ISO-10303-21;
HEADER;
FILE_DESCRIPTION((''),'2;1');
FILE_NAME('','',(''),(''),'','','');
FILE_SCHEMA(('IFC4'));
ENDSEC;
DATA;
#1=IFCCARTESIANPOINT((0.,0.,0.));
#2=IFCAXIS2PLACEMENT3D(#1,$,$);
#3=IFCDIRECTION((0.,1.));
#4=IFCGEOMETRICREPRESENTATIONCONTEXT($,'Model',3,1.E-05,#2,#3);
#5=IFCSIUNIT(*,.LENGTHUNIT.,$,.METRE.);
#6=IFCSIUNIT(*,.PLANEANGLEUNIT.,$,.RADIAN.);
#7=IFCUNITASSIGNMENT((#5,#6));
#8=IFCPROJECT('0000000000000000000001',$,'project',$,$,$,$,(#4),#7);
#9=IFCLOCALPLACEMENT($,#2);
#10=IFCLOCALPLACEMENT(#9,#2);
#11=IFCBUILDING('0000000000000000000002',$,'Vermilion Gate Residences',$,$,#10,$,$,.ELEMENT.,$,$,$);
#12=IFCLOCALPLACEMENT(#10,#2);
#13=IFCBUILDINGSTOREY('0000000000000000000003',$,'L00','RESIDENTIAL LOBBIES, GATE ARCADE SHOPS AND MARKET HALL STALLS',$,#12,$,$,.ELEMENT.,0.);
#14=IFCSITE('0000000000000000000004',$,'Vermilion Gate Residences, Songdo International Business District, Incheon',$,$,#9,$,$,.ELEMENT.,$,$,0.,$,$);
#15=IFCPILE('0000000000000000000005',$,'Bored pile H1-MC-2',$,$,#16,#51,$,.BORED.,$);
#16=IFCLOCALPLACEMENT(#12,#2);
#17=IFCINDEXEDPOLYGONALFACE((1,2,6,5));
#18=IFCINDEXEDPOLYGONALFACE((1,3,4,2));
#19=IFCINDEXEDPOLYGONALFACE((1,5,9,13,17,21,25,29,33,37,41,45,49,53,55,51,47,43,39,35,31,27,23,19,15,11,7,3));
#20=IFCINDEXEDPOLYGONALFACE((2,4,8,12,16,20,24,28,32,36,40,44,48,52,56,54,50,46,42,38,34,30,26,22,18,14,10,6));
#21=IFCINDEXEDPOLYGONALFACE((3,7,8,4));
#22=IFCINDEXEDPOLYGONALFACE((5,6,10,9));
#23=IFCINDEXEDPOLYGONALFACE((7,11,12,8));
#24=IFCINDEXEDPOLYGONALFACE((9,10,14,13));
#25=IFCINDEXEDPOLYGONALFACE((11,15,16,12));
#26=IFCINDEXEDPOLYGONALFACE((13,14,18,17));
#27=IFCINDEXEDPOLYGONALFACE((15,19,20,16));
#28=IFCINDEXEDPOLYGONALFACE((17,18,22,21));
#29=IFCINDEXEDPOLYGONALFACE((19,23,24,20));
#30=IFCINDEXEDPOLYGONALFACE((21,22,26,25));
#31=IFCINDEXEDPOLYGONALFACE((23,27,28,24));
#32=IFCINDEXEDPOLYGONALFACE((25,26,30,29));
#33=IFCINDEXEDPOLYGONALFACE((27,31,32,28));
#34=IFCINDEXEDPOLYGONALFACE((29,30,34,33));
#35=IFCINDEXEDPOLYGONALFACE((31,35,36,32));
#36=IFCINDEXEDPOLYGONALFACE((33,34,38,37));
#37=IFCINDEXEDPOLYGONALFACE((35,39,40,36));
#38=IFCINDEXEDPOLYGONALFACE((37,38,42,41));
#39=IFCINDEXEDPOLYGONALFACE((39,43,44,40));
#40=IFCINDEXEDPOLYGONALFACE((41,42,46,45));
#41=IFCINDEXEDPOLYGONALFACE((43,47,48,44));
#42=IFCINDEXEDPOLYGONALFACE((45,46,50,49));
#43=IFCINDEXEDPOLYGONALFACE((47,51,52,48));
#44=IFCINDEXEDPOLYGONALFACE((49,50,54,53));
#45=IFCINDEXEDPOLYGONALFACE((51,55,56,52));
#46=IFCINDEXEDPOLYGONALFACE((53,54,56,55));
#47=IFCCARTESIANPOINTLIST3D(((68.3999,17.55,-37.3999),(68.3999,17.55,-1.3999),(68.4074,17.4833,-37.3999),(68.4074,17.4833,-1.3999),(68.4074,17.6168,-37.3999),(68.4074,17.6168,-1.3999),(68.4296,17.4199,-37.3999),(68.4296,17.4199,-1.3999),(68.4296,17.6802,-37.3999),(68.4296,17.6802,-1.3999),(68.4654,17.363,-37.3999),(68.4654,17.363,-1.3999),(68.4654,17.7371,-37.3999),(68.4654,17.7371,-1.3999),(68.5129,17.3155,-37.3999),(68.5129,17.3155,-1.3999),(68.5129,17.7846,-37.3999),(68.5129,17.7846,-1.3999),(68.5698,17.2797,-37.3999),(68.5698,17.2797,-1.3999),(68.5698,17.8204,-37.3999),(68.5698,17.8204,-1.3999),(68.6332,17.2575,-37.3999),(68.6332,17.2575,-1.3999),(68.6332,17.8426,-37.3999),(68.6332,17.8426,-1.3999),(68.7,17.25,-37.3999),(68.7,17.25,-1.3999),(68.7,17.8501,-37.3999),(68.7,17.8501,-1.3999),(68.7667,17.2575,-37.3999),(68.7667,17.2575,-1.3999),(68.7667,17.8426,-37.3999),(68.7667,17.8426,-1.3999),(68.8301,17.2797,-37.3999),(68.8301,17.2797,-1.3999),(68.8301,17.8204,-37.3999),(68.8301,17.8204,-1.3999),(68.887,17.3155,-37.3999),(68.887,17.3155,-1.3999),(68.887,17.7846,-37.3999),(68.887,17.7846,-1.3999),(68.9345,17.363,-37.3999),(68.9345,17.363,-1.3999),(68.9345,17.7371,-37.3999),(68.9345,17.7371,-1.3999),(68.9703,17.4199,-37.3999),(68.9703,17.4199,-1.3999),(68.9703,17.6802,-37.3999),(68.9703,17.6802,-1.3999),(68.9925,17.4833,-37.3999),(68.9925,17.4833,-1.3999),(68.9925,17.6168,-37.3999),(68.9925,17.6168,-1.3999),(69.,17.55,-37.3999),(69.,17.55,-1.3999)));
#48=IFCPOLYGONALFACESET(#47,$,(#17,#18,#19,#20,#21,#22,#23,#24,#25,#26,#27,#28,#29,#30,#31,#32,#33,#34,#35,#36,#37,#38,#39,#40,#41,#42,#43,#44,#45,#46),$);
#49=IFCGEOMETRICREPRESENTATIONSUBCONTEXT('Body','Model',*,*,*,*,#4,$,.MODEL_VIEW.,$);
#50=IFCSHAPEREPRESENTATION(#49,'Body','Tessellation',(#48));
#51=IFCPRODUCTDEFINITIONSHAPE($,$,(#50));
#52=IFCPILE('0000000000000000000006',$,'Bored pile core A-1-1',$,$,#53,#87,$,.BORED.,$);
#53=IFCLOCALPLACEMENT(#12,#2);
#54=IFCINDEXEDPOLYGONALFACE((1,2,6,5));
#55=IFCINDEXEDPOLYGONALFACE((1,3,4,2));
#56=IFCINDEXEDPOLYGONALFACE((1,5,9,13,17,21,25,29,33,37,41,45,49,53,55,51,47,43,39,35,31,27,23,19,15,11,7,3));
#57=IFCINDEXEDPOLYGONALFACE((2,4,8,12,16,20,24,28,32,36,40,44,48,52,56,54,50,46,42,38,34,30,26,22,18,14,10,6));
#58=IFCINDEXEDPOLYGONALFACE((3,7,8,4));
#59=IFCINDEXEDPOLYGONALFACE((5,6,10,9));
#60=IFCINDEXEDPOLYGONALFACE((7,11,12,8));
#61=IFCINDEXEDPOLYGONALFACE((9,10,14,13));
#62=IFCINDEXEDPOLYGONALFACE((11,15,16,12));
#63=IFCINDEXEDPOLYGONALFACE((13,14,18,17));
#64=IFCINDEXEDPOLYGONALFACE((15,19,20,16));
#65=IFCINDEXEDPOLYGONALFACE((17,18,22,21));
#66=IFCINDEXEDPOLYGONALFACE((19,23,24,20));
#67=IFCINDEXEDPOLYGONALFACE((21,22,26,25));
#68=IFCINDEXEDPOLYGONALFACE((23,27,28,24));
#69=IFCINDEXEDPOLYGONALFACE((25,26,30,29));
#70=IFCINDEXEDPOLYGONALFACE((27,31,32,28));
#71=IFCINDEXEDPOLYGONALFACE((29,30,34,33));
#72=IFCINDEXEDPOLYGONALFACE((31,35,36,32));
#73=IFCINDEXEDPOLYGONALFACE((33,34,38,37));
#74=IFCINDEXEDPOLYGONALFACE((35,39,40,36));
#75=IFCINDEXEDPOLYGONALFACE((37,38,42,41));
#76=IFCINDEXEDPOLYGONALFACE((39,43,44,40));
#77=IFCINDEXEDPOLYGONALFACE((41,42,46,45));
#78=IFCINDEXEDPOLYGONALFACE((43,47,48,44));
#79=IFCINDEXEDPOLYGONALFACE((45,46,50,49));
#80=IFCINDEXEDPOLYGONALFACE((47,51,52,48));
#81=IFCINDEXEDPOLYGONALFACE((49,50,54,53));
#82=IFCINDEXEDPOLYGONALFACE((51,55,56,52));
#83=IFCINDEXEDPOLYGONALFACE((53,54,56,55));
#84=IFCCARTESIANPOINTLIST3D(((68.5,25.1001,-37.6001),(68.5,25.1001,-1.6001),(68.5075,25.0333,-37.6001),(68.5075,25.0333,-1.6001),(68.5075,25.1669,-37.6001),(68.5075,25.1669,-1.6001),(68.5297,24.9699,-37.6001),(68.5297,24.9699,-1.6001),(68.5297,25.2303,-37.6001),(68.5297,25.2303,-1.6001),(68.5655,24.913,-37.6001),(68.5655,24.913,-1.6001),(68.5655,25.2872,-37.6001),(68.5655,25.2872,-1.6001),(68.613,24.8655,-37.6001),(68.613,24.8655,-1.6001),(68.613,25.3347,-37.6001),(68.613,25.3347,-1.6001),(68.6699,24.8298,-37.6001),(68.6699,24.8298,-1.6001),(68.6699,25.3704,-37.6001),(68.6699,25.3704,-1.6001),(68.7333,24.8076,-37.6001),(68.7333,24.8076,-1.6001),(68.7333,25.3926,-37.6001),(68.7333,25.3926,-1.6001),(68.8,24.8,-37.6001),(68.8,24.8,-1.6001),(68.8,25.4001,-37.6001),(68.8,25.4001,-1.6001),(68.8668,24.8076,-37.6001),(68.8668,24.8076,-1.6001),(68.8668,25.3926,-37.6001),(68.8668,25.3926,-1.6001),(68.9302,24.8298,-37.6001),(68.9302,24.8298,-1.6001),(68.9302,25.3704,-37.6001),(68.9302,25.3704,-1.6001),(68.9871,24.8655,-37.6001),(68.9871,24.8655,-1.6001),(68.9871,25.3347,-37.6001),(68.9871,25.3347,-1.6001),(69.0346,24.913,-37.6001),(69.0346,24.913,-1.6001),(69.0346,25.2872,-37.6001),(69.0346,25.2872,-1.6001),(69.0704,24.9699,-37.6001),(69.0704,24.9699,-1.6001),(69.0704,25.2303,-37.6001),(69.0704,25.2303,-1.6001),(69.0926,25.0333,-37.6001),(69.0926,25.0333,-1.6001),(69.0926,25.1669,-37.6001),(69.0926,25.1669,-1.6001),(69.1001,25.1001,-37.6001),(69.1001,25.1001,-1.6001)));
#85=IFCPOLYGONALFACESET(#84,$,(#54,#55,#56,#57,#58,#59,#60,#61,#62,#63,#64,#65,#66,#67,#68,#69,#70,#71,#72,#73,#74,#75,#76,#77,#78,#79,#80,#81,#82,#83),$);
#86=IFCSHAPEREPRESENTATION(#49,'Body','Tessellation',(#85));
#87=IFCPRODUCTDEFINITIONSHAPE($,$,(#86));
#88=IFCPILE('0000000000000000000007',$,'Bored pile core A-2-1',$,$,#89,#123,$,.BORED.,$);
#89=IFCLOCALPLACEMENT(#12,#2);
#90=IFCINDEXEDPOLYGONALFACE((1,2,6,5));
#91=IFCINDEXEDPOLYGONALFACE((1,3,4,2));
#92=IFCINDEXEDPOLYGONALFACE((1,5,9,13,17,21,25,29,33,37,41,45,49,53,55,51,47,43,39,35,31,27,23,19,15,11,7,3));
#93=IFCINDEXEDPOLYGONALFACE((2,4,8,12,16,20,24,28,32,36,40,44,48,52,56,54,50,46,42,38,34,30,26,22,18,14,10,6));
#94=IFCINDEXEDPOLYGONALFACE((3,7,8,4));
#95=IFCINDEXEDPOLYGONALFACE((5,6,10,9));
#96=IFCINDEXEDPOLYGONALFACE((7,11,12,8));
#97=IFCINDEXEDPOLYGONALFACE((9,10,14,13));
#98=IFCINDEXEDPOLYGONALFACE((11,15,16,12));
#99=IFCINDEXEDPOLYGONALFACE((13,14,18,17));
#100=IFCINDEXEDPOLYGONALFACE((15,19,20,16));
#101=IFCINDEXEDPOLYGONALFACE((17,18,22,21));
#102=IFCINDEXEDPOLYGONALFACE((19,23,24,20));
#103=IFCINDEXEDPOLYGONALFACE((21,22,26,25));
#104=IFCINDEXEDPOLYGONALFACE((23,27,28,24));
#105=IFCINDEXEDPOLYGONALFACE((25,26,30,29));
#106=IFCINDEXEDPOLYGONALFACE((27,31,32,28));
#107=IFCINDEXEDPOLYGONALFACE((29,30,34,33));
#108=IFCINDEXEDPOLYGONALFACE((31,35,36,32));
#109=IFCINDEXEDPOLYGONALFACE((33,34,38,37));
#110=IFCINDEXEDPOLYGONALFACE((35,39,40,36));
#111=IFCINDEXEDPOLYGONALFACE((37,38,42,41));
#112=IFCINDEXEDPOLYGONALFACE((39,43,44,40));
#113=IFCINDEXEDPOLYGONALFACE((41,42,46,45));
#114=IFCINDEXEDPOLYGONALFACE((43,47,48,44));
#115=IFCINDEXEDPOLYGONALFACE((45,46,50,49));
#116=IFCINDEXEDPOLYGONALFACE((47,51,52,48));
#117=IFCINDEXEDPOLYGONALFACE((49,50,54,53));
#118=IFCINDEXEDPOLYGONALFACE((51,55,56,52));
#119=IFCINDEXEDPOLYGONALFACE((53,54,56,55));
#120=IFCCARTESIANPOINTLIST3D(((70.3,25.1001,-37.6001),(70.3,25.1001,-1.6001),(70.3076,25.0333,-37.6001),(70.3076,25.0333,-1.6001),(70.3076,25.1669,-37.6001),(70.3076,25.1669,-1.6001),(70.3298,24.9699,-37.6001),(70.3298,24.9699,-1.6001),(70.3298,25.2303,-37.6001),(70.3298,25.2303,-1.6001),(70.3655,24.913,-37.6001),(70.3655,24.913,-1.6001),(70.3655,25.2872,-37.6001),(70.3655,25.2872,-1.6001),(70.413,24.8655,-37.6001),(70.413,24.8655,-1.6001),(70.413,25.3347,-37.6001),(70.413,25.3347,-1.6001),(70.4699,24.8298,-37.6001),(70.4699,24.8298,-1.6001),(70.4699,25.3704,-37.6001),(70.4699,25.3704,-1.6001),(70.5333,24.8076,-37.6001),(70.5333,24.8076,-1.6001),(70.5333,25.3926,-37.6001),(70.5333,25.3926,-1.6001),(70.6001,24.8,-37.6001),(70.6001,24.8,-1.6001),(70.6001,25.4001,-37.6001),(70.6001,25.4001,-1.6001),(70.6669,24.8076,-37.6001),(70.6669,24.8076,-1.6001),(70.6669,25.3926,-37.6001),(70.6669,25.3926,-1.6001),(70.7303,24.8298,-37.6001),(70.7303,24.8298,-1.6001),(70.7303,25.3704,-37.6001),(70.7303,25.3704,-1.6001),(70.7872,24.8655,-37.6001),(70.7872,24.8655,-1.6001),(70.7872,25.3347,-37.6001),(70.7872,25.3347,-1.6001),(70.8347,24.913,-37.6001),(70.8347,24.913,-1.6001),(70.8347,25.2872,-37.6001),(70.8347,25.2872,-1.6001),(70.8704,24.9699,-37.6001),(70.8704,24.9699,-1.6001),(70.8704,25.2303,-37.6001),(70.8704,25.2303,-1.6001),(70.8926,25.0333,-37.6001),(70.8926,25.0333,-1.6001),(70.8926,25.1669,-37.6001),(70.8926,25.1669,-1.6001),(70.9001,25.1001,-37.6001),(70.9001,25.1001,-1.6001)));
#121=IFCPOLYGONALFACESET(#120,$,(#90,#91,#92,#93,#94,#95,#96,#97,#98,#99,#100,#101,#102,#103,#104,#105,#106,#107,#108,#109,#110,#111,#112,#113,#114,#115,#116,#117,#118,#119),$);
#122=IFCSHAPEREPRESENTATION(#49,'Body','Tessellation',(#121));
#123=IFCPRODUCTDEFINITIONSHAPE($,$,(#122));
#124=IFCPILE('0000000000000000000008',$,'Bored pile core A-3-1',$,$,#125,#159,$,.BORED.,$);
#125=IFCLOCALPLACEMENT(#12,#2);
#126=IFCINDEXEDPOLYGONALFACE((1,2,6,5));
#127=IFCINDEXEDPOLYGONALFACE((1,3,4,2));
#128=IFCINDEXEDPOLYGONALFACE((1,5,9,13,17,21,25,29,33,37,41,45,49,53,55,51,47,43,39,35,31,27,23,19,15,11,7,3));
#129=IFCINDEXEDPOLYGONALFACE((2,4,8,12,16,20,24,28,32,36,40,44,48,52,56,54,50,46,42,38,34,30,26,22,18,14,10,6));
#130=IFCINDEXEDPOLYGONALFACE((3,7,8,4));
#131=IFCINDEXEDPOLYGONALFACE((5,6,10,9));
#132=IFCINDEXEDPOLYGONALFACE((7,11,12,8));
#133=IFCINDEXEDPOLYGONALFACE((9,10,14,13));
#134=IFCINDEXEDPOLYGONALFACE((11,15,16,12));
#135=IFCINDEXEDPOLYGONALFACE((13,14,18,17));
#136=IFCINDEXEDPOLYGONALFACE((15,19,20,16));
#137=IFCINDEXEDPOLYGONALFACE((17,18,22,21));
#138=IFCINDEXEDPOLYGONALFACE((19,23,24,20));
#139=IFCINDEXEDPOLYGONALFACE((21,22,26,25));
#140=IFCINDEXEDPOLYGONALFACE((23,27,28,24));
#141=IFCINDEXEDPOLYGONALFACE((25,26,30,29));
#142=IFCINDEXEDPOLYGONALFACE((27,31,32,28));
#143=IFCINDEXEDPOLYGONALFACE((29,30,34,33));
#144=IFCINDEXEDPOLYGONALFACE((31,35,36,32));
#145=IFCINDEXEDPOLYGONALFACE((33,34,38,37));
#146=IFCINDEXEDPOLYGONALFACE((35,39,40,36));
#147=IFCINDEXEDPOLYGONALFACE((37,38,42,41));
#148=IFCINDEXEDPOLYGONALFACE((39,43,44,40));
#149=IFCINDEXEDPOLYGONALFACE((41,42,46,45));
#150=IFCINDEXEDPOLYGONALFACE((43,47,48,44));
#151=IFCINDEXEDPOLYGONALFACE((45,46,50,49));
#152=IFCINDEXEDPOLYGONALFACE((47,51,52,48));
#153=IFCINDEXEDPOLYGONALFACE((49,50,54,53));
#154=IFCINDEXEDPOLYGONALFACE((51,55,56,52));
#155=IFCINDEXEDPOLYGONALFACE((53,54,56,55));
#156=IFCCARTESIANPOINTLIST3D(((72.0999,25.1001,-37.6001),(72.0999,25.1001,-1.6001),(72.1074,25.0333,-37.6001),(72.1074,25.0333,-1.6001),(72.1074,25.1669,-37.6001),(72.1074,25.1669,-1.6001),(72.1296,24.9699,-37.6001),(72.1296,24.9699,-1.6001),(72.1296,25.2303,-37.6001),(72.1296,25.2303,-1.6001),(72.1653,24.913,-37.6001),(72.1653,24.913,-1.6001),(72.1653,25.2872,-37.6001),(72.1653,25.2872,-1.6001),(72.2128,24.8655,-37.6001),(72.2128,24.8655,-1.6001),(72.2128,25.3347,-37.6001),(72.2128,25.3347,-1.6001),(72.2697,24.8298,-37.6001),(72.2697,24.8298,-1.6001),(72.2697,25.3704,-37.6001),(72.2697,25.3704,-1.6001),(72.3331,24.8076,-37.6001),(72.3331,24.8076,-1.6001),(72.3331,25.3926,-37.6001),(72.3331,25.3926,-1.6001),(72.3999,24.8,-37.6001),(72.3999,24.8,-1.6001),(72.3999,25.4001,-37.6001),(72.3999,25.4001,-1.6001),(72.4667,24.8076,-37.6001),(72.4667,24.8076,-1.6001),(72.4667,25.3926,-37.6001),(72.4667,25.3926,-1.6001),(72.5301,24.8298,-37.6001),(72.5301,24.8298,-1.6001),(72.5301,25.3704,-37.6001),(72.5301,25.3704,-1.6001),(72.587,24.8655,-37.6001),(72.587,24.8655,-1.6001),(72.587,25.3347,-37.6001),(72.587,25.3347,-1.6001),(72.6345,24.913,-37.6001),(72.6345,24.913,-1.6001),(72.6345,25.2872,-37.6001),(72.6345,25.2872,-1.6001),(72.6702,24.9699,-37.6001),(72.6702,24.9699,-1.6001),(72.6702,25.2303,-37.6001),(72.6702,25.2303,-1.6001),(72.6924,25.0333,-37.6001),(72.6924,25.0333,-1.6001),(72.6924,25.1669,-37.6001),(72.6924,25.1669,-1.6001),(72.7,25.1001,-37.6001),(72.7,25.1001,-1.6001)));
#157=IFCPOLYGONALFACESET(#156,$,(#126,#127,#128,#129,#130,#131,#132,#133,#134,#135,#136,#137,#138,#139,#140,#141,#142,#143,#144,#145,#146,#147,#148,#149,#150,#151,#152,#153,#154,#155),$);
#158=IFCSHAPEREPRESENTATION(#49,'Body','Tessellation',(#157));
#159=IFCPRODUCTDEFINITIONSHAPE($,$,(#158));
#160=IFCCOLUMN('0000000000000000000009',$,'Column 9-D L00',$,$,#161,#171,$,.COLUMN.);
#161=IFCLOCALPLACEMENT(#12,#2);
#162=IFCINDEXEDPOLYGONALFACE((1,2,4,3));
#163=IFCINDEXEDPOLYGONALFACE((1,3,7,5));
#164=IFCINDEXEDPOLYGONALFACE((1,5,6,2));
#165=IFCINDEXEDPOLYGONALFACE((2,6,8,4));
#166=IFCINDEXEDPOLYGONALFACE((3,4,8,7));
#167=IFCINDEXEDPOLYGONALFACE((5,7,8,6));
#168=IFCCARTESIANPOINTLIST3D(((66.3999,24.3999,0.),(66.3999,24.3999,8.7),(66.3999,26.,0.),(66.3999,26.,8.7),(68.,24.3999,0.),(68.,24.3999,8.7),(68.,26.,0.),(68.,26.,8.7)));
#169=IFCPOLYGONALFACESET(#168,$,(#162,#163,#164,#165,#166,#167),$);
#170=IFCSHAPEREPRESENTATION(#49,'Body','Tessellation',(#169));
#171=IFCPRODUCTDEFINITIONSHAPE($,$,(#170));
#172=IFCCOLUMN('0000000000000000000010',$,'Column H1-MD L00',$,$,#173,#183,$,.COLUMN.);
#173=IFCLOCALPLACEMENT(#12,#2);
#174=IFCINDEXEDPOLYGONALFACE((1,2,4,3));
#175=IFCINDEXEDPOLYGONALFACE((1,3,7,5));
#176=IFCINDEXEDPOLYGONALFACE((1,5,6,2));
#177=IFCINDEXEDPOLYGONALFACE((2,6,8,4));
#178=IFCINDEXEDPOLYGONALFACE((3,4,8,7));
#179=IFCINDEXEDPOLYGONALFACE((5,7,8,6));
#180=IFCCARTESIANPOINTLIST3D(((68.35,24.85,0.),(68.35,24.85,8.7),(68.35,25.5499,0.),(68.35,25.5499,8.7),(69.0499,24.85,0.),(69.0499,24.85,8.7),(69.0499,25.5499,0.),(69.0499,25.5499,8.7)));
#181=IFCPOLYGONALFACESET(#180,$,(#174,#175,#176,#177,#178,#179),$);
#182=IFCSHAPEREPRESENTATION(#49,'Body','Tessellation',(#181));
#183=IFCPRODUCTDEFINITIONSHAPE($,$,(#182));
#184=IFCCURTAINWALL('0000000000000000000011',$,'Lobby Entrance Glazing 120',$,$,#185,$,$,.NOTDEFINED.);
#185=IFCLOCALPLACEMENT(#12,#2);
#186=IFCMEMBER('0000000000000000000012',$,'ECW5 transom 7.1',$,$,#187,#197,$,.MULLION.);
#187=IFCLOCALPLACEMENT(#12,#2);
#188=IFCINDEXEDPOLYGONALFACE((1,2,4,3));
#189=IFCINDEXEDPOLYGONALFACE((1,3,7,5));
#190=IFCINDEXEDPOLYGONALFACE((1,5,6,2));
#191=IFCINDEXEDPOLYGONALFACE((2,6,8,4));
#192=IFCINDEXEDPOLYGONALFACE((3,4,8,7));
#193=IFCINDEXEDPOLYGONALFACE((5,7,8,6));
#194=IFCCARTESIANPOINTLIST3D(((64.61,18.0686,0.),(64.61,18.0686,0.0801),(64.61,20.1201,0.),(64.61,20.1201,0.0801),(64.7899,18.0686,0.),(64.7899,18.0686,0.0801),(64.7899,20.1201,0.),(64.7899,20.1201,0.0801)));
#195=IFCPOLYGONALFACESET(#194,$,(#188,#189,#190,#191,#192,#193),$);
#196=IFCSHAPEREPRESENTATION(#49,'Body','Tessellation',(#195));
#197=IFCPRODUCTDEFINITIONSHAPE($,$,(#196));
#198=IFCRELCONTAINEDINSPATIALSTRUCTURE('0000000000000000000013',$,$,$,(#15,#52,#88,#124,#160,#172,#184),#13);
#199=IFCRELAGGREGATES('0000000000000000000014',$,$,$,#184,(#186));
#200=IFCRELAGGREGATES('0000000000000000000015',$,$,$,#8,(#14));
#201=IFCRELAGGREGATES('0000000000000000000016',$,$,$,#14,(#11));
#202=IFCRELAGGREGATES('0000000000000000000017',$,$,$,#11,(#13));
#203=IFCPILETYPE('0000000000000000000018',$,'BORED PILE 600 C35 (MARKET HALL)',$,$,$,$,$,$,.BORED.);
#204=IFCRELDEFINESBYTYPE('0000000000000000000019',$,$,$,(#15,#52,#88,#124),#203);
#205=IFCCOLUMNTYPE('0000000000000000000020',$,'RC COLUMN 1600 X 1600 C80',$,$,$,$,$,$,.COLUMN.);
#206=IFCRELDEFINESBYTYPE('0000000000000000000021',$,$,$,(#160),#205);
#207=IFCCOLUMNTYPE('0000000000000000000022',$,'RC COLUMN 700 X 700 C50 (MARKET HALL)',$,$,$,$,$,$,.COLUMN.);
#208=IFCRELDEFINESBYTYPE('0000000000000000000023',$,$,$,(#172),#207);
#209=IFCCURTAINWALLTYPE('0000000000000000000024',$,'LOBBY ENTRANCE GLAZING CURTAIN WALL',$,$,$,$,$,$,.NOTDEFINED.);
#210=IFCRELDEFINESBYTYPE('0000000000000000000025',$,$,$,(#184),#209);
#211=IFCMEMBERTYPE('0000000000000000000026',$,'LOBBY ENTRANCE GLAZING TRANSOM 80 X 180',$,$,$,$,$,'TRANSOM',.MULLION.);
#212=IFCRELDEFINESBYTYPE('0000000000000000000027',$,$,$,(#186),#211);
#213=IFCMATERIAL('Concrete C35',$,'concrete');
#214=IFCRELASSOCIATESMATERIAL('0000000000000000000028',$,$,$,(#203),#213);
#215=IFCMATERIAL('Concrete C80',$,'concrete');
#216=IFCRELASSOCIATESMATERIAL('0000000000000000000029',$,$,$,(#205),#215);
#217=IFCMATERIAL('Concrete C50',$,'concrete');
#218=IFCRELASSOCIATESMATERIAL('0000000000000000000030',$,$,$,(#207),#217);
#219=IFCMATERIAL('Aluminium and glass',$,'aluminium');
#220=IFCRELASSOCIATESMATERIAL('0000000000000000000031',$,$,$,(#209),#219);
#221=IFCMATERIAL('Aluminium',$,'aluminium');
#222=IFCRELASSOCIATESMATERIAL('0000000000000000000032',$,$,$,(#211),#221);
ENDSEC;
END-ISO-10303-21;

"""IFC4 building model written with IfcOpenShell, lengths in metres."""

from ifc_helpers import new_model, si_unit, direction, frame, origin, origin_2d, place, context, subcontext, project, spatial, rectangle, circle, extrude, material, material_profile, profile_set, type_object, element, aggregate, save


model = new_model("IFC4")

# Units and contexts
model_context = context("Model", 3, precision=1e-05, world=origin(), true_north=direction((0.0, 1.0)))
body_context = subcontext(model_context, "Body", "Model", "MODEL_VIEW")
ifc_project = project(units=[si_unit("LENGTHUNIT", "METRE"), si_unit("PLANEANGLEUNIT", "RADIAN")], contexts=[model_context])

# Site, building, storey
site_placement = place(None, origin())
site = spatial("IfcSite", under=ifc_project, at=site_placement, Name="Vermilion Gate Residences, Songdo International Business District, Incheon", CompositionType="ELEMENT", RefElevation=0.0)
building_placement = place(site_placement, origin())
building = spatial("IfcBuilding", under=site, at=building_placement, Name="Vermilion Gate Residences", CompositionType="ELEMENT")
storey_placement = place(building_placement, origin())
storey = spatial("IfcBuildingStorey", under=building, at=storey_placement, Name="L00", Description="RESIDENTIAL LOBBIES, GATE ARCADE SHOPS AND MARKET HALL STALLS", CompositionType="ELEMENT", Elevation=0.0)

# Piles
ifc_material_1 = material(Name="Concrete C35", Category="concrete")
ifc_material_profile_1 = material_profile(ifc_material_1, circle(Radius=0.3, at=origin_2d()), Name="BORED PILE 600 C35 (MARKET HALL)")
ifc_profile_set_1 = profile_set([ifc_material_profile_1], Name="Concrete C35")
pile_type = type_object("IfcPileType", Name="BORED PILE 600 C35 (MARKET HALL)", PredefinedType="BORED", material=ifc_profile_set_1)
for number, where, z_axis, x_axis, name in (
    (1, (68.7, 17.55, -1.3999), (0.0, 0.0, -1.0), (1.0, 0.0, 0.0), "Bored pile H1-MC-2"),
    (2, (68.8, 25.1001, -1.6001), (0.0, 0.0, -1.0), (1.0, 0.0, 0.0), "Bored pile core A-1-1"),
    (3, (70.6001, 25.1001, -1.6001), (0.0, 0.0, -1.0), (1.0, 0.0, 0.0), "Bored pile core A-2-1"),
    (4, (72.3999, 25.1001, -1.6001), (0.0, 0.0, -1.0), (1.0, 0.0, 0.0), "Bored pile core A-3-1"),
):
    element("IfcPile", number, at=place(storey_placement, frame(where, z_axis=z_axis, x_axis=x_axis)), inside=storey, type_object=pile_type, Name=name, PredefinedType="BORED", context=body_context, shape_type="SweptSolid", body=[
        extrude(circle(Radius=0.3, at=origin_2d()), origin(), (0.0, 0.0, 1.0), 36.0),
    ])

# Columns
ifc_material_2 = material(Name="Concrete C80", Category="concrete")
ifc_material_profile_2 = material_profile(ifc_material_2, rectangle(XDim=1.6001, YDim=1.6001, at=origin_2d()), Name="RC-1600x1600")
ifc_profile_set_2 = profile_set([ifc_material_profile_2], Name="Concrete C80")
column_type_1 = type_object("IfcColumnType", Name="RC COLUMN 1600 X 1600 C80", PredefinedType="COLUMN", material=ifc_profile_set_2)
column_1_placement = place(storey_placement, frame((67.2, 25.2, 0.0), z_axis=(0.0, 0.0, 1.0), x_axis=(1.0, 0.0, 0.0)))
element("IfcColumn", 5, at=column_1_placement, inside=storey, type_object=column_type_1, Name="Column 9-D L00", PredefinedType="COLUMN", context=body_context, shape_type="SweptSolid", body=[
    extrude(rectangle(XDim=1.6001, YDim=1.6001, at=origin_2d()), origin(), (0.0, 0.0, 1.0), 8.7),
])
ifc_material_3 = material(Name="Concrete C50", Category="concrete")
ifc_material_profile_3 = material_profile(ifc_material_3, rectangle(XDim=0.7, YDim=0.7, at=origin_2d()), Name="RC COLUMN 700 X 700 C50 (MARKET HALL)")
ifc_profile_set_3 = profile_set([ifc_material_profile_3], Name="Concrete C50")
column_type_2 = type_object("IfcColumnType", Name="RC COLUMN 700 X 700 C50 (MARKET HALL)", PredefinedType="COLUMN", material=ifc_profile_set_3)
column_2_placement = place(storey_placement, frame((68.7, 25.2, 0.0), z_axis=(0.0, 0.0, 1.0), x_axis=(1.0, 0.0, 0.0)))
element("IfcColumn", 6, at=column_2_placement, inside=storey, type_object=column_type_2, Name="Column H1-MD L00", PredefinedType="COLUMN", context=body_context, shape_type="SweptSolid", body=[
    extrude(rectangle(XDim=0.7, YDim=0.7, at=origin_2d()), origin(), (0.0, 0.0, 1.0), 8.7),
])

# Curtain wall, member
ifc_material_4 = material(Name="Aluminium and glass", Category="aluminium")
curtain_wall_type = type_object("IfcCurtainWallType", Name="LOBBY ENTRANCE GLAZING CURTAIN WALL", PredefinedType="NOTDEFINED", material=ifc_material_4)
curtain_wall_placement = place(storey_placement, origin())
curtain_wall = element("IfcCurtainWall", 7, at=curtain_wall_placement, inside=storey, type_object=curtain_wall_type, Name="Lobby Entrance Glazing 120", PredefinedType="NOTDEFINED")
ifc_material_5 = material(Name="Aluminium", Category="aluminium")
ifc_material_profile_4 = material_profile(ifc_material_5, rectangle(XDim=0.1799, YDim=0.0801, at=origin_2d()), Name="TRANSOM 80 X 180")
ifc_profile_set_4 = profile_set([ifc_material_profile_4], Name="Aluminium")
member_type = type_object("IfcMemberType", Name="LOBBY ENTRANCE GLAZING TRANSOM 80 X 180", ElementType="TRANSOM", PredefinedType="MULLION", material=ifc_profile_set_4)
member_1_placement = place(storey_placement, frame((64.7, 18.0686, 0.04), z_axis=(0.0, 1.0, 0.0), x_axis=(-1.0, 0.0, 0.0)))
member_1 = element("IfcMember", 8, at=member_1_placement, type_object=member_type, Name="ECW5 transom 7.1", PredefinedType="MULLION", context=body_context, shape_type="SweptSolid", body=[
    extrude(rectangle(XDim=0.1799, YDim=0.0801, at=origin_2d()), origin(), (0.0, 0.0, 1.0), 2.0515),
])

aggregate(curtain_wall, [member_1])

save(model, "model.ifc")
